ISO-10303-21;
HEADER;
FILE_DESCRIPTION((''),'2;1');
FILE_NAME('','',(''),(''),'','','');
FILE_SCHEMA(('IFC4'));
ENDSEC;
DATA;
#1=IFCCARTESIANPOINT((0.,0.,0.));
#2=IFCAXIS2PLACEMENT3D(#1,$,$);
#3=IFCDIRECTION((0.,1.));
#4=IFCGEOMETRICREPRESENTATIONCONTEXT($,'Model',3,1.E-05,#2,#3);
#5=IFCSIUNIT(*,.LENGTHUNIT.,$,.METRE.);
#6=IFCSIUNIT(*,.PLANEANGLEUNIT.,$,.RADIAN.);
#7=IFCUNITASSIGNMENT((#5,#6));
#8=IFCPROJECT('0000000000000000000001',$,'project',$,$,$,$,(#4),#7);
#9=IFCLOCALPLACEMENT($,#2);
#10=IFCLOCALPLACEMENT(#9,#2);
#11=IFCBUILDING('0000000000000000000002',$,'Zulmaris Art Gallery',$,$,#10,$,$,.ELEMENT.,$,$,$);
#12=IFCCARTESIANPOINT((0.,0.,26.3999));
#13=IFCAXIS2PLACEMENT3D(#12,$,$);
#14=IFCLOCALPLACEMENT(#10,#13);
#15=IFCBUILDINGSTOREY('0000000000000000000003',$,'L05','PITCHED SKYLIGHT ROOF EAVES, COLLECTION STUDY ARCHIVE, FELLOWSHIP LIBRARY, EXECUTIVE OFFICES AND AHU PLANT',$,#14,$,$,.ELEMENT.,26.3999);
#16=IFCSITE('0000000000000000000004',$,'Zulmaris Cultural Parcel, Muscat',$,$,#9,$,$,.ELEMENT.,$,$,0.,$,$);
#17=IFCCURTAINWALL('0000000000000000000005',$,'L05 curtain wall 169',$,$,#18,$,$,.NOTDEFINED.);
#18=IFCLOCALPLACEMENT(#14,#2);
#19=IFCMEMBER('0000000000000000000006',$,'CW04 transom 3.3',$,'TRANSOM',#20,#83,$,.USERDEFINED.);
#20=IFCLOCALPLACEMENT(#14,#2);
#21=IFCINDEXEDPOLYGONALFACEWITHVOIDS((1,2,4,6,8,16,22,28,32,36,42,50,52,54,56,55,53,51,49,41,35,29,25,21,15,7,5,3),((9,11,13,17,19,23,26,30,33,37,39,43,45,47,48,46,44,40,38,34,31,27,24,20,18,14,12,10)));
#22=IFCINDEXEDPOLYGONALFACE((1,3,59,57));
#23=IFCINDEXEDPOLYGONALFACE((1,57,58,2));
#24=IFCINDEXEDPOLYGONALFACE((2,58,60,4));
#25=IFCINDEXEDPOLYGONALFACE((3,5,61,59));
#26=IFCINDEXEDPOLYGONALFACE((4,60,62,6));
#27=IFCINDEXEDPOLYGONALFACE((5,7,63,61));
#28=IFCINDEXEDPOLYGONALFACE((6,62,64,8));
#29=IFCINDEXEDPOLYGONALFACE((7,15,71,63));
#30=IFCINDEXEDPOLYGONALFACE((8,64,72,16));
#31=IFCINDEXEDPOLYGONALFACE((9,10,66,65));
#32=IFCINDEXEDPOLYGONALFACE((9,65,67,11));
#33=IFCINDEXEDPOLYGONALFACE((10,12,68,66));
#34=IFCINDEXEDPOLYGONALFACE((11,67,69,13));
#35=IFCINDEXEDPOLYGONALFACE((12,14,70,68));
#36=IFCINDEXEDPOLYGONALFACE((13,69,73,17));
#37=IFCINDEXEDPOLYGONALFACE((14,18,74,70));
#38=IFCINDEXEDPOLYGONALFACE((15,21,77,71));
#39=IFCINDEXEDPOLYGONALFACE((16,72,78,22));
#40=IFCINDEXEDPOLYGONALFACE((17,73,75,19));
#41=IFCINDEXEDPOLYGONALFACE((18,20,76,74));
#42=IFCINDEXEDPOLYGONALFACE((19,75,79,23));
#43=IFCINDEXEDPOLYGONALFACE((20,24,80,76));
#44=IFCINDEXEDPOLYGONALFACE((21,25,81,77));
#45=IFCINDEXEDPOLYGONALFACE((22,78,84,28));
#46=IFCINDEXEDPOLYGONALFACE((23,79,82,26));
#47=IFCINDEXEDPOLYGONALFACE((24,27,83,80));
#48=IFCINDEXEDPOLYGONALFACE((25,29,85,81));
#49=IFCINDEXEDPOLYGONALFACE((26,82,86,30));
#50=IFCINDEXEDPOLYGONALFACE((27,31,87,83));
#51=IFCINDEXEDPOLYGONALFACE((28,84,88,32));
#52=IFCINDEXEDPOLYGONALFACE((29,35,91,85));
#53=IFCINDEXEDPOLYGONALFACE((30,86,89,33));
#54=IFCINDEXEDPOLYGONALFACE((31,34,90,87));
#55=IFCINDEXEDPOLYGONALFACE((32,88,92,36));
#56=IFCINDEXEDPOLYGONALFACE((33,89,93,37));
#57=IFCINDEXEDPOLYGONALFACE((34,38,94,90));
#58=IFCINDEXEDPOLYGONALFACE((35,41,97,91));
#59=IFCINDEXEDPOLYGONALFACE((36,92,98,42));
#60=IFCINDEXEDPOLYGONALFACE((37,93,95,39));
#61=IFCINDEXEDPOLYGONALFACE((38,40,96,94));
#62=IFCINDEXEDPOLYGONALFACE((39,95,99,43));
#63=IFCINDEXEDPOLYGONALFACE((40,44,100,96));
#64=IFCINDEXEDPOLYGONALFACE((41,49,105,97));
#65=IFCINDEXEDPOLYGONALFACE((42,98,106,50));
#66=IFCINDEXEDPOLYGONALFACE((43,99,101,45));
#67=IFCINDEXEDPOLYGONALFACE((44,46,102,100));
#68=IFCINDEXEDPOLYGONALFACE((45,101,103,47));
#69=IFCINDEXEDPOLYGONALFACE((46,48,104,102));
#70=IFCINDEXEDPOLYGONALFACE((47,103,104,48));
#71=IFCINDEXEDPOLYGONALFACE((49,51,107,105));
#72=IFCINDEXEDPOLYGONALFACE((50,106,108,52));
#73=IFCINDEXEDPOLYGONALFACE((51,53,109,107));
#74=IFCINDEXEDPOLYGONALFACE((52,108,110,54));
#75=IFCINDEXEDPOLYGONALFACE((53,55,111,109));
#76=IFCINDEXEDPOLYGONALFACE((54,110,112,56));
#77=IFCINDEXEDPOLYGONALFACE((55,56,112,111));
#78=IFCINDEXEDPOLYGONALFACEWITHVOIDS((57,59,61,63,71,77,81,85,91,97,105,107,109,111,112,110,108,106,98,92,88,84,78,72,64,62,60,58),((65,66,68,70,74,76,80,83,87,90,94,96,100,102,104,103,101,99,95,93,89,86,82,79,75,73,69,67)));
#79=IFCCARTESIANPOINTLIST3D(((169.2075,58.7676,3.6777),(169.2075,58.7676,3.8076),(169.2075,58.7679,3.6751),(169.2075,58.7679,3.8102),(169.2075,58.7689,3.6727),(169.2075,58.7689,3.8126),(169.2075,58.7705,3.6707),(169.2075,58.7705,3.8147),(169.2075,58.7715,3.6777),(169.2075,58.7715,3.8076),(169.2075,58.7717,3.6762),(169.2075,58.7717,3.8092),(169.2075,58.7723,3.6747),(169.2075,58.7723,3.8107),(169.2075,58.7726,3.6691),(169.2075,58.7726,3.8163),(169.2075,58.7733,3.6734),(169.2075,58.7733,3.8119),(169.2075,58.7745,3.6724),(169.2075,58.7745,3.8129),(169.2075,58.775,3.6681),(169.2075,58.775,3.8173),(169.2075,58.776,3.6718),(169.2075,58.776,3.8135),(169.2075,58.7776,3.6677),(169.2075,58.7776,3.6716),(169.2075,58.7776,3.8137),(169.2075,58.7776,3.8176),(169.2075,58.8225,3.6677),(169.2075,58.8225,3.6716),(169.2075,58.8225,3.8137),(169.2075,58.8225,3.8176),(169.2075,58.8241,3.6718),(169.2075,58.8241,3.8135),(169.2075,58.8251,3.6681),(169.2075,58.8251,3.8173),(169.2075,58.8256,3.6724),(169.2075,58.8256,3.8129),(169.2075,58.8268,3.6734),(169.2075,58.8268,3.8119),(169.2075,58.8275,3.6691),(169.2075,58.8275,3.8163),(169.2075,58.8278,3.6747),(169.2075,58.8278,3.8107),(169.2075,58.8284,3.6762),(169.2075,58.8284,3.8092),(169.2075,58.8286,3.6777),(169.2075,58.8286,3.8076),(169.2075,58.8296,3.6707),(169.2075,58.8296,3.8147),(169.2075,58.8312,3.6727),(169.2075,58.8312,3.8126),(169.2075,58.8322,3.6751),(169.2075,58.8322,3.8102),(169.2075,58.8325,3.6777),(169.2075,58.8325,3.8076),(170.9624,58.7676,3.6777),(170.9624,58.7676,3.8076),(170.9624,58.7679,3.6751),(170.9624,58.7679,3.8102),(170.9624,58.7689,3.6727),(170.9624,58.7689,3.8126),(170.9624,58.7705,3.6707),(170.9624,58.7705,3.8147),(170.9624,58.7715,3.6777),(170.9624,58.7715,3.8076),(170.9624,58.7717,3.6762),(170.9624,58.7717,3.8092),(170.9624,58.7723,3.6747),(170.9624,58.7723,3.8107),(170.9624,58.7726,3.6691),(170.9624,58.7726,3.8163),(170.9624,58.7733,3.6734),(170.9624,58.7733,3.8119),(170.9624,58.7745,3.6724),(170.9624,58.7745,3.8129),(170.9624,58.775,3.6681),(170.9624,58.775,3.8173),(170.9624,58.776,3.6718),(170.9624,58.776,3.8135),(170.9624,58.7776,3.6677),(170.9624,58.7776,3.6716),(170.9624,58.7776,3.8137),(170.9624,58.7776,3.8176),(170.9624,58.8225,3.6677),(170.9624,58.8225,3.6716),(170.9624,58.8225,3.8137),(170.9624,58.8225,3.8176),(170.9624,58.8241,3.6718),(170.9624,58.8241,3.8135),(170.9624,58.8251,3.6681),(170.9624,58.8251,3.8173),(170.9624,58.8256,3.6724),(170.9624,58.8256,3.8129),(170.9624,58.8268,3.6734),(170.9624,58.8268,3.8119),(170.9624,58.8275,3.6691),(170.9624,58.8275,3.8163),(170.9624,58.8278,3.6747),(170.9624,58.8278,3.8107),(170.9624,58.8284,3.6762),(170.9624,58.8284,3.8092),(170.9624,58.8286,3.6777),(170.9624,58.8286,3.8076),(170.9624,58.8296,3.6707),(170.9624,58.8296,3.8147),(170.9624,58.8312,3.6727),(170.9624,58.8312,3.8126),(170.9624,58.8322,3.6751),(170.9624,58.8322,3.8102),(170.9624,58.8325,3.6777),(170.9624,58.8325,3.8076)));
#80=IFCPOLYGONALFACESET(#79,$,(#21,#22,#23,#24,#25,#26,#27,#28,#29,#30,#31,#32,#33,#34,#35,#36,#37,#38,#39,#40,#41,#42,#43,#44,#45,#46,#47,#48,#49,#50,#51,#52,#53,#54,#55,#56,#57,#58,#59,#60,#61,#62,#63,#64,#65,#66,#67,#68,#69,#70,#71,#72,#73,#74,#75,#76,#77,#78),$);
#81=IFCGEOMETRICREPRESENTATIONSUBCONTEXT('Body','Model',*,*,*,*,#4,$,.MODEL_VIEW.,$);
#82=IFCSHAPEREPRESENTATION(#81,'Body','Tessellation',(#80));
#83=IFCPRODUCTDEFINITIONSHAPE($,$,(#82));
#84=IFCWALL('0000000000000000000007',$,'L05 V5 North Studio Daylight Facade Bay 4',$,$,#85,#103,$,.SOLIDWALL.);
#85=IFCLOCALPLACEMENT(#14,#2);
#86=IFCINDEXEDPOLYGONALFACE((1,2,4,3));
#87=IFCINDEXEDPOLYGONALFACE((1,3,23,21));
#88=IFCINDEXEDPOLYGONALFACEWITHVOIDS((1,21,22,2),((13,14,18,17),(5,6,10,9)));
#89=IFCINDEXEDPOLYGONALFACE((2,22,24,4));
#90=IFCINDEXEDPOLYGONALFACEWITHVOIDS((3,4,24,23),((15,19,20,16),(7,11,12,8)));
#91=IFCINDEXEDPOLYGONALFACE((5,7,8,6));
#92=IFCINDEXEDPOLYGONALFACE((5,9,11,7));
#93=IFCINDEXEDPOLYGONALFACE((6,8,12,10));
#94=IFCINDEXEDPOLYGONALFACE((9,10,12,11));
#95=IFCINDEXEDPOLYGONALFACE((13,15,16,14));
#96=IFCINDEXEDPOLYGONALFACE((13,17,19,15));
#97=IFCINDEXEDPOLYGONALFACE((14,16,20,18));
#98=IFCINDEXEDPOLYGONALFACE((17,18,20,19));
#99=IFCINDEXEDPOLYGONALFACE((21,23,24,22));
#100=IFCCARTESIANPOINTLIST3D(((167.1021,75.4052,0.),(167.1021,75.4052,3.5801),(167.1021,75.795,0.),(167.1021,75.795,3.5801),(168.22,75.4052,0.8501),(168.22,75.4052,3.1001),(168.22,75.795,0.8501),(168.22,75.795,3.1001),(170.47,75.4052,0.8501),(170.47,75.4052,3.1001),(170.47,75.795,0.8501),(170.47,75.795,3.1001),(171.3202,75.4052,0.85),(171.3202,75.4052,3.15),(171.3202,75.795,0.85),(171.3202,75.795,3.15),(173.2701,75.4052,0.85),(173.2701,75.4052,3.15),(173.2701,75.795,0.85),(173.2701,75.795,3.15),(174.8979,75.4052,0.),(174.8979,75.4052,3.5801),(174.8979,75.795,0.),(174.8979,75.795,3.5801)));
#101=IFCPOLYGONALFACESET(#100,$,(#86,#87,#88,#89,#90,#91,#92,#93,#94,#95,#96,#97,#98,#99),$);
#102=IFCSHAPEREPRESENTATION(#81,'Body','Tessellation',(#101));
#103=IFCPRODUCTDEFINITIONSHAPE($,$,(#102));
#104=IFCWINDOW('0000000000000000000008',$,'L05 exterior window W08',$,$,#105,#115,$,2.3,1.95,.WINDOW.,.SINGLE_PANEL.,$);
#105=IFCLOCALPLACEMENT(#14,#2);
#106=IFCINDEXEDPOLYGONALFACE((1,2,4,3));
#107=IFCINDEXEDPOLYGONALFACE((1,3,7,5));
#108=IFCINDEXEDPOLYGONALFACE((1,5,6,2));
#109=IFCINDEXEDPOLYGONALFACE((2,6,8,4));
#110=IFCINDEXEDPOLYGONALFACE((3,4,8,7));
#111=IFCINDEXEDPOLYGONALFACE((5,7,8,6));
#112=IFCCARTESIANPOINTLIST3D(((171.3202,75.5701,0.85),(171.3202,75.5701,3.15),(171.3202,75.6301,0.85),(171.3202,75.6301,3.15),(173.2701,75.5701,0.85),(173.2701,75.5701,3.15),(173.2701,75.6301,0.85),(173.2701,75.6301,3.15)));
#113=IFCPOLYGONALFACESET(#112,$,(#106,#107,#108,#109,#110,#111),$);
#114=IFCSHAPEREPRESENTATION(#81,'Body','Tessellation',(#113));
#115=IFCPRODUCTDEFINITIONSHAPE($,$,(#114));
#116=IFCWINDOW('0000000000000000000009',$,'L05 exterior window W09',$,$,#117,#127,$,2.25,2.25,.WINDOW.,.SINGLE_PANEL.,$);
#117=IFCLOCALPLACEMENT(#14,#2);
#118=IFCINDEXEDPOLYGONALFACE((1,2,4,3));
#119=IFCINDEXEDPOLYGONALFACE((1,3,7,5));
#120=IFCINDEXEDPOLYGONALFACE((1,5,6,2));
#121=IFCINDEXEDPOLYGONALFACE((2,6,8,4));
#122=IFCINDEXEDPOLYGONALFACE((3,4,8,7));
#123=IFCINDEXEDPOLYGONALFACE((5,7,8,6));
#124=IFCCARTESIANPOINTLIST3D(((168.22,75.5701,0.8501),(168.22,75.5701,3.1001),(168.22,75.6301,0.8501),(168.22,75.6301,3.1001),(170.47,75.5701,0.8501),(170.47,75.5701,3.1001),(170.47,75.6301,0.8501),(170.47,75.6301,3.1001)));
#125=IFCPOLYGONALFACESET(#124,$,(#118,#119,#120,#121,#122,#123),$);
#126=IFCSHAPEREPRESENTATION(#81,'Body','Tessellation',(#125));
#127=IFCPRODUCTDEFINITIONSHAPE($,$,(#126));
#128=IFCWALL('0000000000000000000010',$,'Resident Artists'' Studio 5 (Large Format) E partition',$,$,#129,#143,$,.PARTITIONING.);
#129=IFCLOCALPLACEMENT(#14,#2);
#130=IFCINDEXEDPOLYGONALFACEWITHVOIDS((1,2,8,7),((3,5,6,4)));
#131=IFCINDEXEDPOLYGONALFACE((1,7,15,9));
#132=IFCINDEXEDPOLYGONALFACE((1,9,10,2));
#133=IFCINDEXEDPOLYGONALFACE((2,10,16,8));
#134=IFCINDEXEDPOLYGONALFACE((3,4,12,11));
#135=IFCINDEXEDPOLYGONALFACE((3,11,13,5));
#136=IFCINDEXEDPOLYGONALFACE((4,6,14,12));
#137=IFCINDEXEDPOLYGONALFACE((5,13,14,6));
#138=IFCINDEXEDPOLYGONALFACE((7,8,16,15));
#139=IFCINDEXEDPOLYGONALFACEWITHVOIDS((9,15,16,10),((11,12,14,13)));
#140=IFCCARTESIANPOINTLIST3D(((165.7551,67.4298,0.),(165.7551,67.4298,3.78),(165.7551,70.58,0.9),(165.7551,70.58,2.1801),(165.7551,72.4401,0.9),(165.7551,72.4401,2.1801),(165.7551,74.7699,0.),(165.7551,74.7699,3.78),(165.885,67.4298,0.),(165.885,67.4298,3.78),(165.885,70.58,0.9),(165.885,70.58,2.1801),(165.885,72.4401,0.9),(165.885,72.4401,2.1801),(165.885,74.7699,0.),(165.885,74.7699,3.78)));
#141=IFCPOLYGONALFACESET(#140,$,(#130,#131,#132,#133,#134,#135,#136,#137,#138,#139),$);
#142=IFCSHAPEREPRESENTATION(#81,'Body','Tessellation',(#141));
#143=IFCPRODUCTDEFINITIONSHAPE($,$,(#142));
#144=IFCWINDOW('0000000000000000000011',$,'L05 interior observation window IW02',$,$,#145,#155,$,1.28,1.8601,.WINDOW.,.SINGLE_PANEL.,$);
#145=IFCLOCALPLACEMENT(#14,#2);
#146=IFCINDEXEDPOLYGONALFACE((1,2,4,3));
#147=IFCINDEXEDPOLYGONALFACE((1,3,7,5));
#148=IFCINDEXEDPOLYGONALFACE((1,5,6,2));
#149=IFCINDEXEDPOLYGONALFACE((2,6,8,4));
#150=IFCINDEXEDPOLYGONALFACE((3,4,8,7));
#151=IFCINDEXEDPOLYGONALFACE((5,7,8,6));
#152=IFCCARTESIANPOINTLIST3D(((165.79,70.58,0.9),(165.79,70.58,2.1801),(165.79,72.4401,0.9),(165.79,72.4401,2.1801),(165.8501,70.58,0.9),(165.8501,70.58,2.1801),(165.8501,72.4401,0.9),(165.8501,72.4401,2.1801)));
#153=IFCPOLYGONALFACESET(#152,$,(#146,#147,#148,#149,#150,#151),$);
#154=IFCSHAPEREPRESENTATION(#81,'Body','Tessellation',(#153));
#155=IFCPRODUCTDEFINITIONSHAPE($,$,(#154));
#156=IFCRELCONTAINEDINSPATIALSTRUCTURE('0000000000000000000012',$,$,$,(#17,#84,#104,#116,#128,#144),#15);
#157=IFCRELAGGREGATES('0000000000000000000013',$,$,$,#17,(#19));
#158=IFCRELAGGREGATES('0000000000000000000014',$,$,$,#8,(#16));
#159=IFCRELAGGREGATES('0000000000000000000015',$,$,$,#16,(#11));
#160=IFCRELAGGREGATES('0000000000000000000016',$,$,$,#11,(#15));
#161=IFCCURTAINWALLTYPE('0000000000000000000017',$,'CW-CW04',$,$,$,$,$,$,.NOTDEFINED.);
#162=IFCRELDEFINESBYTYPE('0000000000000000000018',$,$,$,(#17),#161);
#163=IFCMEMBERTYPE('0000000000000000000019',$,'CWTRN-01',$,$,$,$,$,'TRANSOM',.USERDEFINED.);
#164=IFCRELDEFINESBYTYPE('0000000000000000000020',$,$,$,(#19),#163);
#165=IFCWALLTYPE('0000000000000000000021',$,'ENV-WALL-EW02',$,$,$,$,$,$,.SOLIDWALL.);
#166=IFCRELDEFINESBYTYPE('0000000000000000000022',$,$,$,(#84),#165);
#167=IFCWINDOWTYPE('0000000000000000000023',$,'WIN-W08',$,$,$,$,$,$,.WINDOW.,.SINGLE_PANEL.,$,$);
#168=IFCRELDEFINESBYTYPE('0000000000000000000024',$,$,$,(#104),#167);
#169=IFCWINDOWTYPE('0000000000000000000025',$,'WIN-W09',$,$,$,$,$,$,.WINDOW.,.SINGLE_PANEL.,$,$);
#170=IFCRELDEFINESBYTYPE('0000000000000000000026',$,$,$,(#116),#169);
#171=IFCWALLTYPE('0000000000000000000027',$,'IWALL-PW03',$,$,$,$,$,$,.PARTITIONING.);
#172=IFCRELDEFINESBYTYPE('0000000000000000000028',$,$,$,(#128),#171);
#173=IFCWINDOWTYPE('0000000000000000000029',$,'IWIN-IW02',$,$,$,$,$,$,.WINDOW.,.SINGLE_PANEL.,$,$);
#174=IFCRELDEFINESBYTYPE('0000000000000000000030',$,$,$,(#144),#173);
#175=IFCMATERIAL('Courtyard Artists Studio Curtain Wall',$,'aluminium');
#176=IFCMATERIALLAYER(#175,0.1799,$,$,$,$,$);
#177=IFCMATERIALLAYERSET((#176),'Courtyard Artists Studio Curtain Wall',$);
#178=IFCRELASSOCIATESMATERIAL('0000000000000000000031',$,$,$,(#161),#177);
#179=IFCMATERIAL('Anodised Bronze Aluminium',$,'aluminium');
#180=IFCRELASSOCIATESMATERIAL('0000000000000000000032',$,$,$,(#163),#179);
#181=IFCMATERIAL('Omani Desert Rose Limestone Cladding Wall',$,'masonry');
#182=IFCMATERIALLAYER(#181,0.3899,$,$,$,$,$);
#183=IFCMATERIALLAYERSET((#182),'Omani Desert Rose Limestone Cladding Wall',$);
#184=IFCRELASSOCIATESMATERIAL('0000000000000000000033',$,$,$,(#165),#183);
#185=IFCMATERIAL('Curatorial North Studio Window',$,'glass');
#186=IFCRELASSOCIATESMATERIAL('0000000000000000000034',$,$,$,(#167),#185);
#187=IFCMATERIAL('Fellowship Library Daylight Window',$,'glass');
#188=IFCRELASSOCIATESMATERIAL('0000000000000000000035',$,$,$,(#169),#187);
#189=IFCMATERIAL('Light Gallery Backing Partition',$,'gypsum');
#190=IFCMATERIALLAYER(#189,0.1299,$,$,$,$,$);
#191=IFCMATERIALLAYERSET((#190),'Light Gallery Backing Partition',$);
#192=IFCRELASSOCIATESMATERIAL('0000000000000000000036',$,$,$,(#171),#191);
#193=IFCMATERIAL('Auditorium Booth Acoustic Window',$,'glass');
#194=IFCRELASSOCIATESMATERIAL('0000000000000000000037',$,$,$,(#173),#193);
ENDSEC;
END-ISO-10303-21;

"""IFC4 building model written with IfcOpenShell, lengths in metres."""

from ifc_helpers import new_model, si_unit, direction, frame, frame_2d, origin, origin_2d, place, context, subcontext, project, spatial, rectangle, hollow_rectangle, extrude, material, layer, layer_set, material_profile, profile_set, type_object, element, fill, aggregate, save


model = new_model("IFC4")

# Units and contexts
model_context = context("Model", 3, precision=1e-05, world=origin(), true_north=direction((0.0, 1.0)))
body_context = subcontext(model_context, "Body", "Model", "MODEL_VIEW")
ifc_project = project(units=[si_unit("LENGTHUNIT", "METRE"), si_unit("PLANEANGLEUNIT", "RADIAN")], contexts=[model_context])

# Site, building, storey
site_placement = place(None, origin())
site = spatial("IfcSite", under=ifc_project, at=site_placement, Name="Zulmaris Cultural Parcel, Muscat", CompositionType="ELEMENT", RefElevation=0.0)
building_placement = place(site_placement, origin())
building = spatial("IfcBuilding", under=site, at=building_placement, Name="Zulmaris Art Gallery", CompositionType="ELEMENT")
storey_placement = place(building_placement, frame((0.0, 0.0, 26.3999)))
storey = spatial("IfcBuildingStorey", under=building, at=storey_placement, Name="L05", Description="PITCHED SKYLIGHT ROOF EAVES, COLLECTION STUDY ARCHIVE, FELLOWSHIP LIBRARY, EXECUTIVE OFFICES AND AHU PLANT", CompositionType="ELEMENT", Elevation=26.3999)

# Curtain wall, member
ifc_material_1 = material(Name="Courtyard Artists Studio Curtain Wall", Category="aluminium")
ifc_layer_1 = layer(ifc_material_1, 0.1799)
ifc_layer_set_1 = layer_set([ifc_layer_1], Name="Courtyard Artists Studio Curtain Wall")
curtain_wall_type = type_object("IfcCurtainWallType", Name="CW-CW04", PredefinedType="NOTDEFINED", material=ifc_layer_set_1)
curtain_wall_placement = place(storey_placement, origin())
curtain_wall = element("IfcCurtainWall", 1, at=curtain_wall_placement, inside=storey, type_object=curtain_wall_type, Name="L05 curtain wall 169", PredefinedType="NOTDEFINED")
ifc_material_2 = material(Name="Anodised Bronze Aluminium", Category="aluminium")
ifc_material_profile_1 = material_profile(ifc_material_2, hollow_rectangle(XDim=0.0649, YDim=0.1499, WallThickness=0.0039, InnerFilletRadius=0.0061, OuterFilletRadius=0.01, at=origin_2d()), Name="ALU 65x150x4")
ifc_profile_set_1 = profile_set([ifc_material_profile_1], Name="Anodised Bronze Aluminium")
member_type_1 = type_object("IfcMemberType", Name="CWTRN-01", ElementType="TRANSOM", PredefinedType="USERDEFINED", material=ifc_profile_set_1)
member_1_placement = place(storey_placement, frame((170.9624, 58.8, 3.7427), z_axis=(-1.0, 0.0, 0.0), x_axis=(0.0, -1.0, 0.0)))
member_1 = element("IfcMember", 2, at=member_1_placement, type_object=member_type_1, Name="CW04 transom 3.3", ObjectType="TRANSOM", PredefinedType="USERDEFINED", context=body_context, shape_type="SweptSolid", body=[
    extrude(hollow_rectangle(XDim=0.0649, YDim=0.1499, WallThickness=0.0039, InnerFilletRadius=0.0061, OuterFilletRadius=0.01, at=origin_2d()), origin(), (0.0, 0.0, 1.0), 1.7549),
])
aggregate(curtain_wall, [member_1])

# Wall, openings, windows
ifc_material_3 = material(Name="Omani Desert Rose Limestone Cladding Wall", Category="masonry")
ifc_layer_2 = layer(ifc_material_3, 0.3899)
ifc_layer_set_2 = layer_set([ifc_layer_2], Name="Omani Desert Rose Limestone Cladding Wall")
wall_type_1 = type_object("IfcWallType", Name="ENV-WALL-EW02", PredefinedType="SOLIDWALL", material=ifc_layer_set_2)
wall_1_placement = place(storey_placement, frame((167.1021, 75.6001, 0.0), z_axis=(0.0, 0.0, 1.0), x_axis=(1.0, 0.0, 0.0)))
wall_1 = element("IfcWall", 3, at=wall_1_placement, inside=storey, type_object=wall_type_1, Name="L05 V5 North Studio Daylight Facade Bay 4", PredefinedType="SOLIDWALL", context=body_context, shape_type="SweptSolid", body=[
    extrude(rectangle(XDim=7.7959, YDim=0.3899, at=frame_2d((3.8979, 0.0))), origin(), (0.0, 0.0, 1.0), 3.5801),
])
opening_1_placement = place(wall_1_placement, frame((1.1179, 0.0, 0.8501)))
opening_1 = element("IfcOpeningElement", 4, at=opening_1_placement, cuts=wall_1, PredefinedType="OPENING", context=body_context, shape_type="SweptSolid", body=[
    extrude(rectangle(XDim=2.25, YDim=2.25, at=frame_2d((1.125, 1.125))), frame((0.0, 0.2048, 0.0), z_axis=(0.0, -1.0, 0.0), x_axis=(1.0, 0.0, 0.0)), (0.0, 0.0, 1.0), 0.4099),
])
opening_2_placement = place(wall_1_placement, frame((4.218, 0.0, 0.8501)))
opening_2 = element("IfcOpeningElement", 5, at=opening_2_placement, cuts=wall_1, PredefinedType="OPENING", context=body_context, shape_type="SweptSolid", body=[
    extrude(rectangle(XDim=1.95, YDim=2.3, at=frame_2d((0.9751, 1.1499))), frame((0.0, 0.2048, 0.0), z_axis=(0.0, -1.0, 0.0), x_axis=(1.0, 0.0, 0.0)), (0.0, 0.0, 1.0), 0.4099),
])
ifc_material_4 = material(Name="Curatorial North Studio Window", Category="glass")
window_type_1 = type_object("IfcWindowType", Name="WIN-W08", PartitioningType="SINGLE_PANEL", PredefinedType="WINDOW", material=ifc_material_4)
window_1_placement = place(opening_2_placement, origin())
window_1 = element("IfcWindow", 6, at=window_1_placement, inside=storey, type_object=window_type_1, Name="L05 exterior window W08", OverallHeight=2.3, OverallWidth=1.95, PartitioningType="SINGLE_PANEL", PredefinedType="WINDOW", context=body_context, shape_type="SweptSolid", body=[
    extrude(rectangle(XDim=1.95, YDim=2.3, at=frame_2d((0.9751, 1.1499))), frame((0.0, 0.03, 0.0), z_axis=(0.0, -1.0, 0.0), x_axis=(1.0, 0.0, 0.0)), (0.0, 0.0, 1.0), 0.0601),
])
fill(opening_2, window_1)
ifc_material_5 = material(Name="Fellowship Library Daylight Window", Category="glass")
window_type_2 = type_object("IfcWindowType", Name="WIN-W09", PartitioningType="SINGLE_PANEL", PredefinedType="WINDOW", material=ifc_material_5)
window_2_placement = place(opening_1_placement, origin())
window_2 = element("IfcWindow", 7, at=window_2_placement, inside=storey, type_object=window_type_2, Name="L05 exterior window W09", OverallHeight=2.25, OverallWidth=2.25, PartitioningType="SINGLE_PANEL", PredefinedType="WINDOW", context=body_context, shape_type="SweptSolid", body=[
    extrude(rectangle(XDim=2.25, YDim=2.25, at=frame_2d((1.125, 1.125))), frame((0.0, 0.03, 0.0), z_axis=(0.0, -1.0, 0.0), x_axis=(1.0, 0.0, 0.0)), (0.0, 0.0, 1.0), 0.0601),
])
fill(opening_1, window_2)

# Wall, opening, window
ifc_material_6 = material(Name="Light Gallery Backing Partition", Category="gypsum")
ifc_layer_3 = layer(ifc_material_6, 0.1299)
ifc_layer_set_3 = layer_set([ifc_layer_3], Name="Light Gallery Backing Partition")
wall_type_2 = type_object("IfcWallType", Name="IWALL-PW03", PredefinedType="PARTITIONING", material=ifc_layer_set_3)
wall_2_placement = place(storey_placement, frame((165.8201, 67.4299, 0.0), z_axis=(0.0, 0.0, 1.0), x_axis=(0.0, 1.0, 0.0)))
wall_2 = element("IfcWall", 8, at=wall_2_placement, inside=storey, type_object=wall_type_2, Name="Resident Artists' Studio 5 (Large Format) E partition", PredefinedType="PARTITIONING", context=body_context, shape_type="SweptSolid", body=[
    extrude(rectangle(XDim=7.3401, YDim=0.1299, at=frame_2d((3.6699, 0.0))), origin(), (0.0, 0.0, 1.0), 3.78),
])
opening_3_placement = place(wall_2_placement, frame((3.1499, 0.0, 0.8999)))
opening_3 = element("IfcOpeningElement", 9, at=opening_3_placement, cuts=wall_2, PredefinedType="OPENING", context=body_context, shape_type="SweptSolid", body=[
    extrude(rectangle(XDim=1.8601, YDim=1.28, at=frame_2d((0.9302, 0.6401))), frame((0.0, 0.075, 0.0), z_axis=(0.0, -1.0, 0.0), x_axis=(1.0, 0.0, 0.0)), (0.0, 0.0, 1.0), 0.1499),
])
ifc_material_7 = material(Name="Auditorium Booth Acoustic Window", Category="glass")
window_type_3 = type_object("IfcWindowType", Name="IWIN-IW02", PartitioningType="SINGLE_PANEL", PredefinedType="WINDOW", material=ifc_material_7)
window_3_placement = place(opening_3_placement, origin())
window_3 = element("IfcWindow", 10, at=window_3_placement, inside=storey, type_object=window_type_3, Name="L05 interior observation window IW02", OverallHeight=1.28, OverallWidth=1.8601, PartitioningType="SINGLE_PANEL", PredefinedType="WINDOW", context=body_context, shape_type="SweptSolid", body=[
    extrude(rectangle(XDim=1.8601, YDim=1.28, at=frame_2d((0.9302, 0.6401))), frame((0.0, 0.03, 0.0), z_axis=(0.0, -1.0, 0.0), x_axis=(1.0, 0.0, 0.0)), (0.0, 0.0, 1.0), 0.0601),
])
fill(opening_3, window_3)

save(model, "model.ifc")
